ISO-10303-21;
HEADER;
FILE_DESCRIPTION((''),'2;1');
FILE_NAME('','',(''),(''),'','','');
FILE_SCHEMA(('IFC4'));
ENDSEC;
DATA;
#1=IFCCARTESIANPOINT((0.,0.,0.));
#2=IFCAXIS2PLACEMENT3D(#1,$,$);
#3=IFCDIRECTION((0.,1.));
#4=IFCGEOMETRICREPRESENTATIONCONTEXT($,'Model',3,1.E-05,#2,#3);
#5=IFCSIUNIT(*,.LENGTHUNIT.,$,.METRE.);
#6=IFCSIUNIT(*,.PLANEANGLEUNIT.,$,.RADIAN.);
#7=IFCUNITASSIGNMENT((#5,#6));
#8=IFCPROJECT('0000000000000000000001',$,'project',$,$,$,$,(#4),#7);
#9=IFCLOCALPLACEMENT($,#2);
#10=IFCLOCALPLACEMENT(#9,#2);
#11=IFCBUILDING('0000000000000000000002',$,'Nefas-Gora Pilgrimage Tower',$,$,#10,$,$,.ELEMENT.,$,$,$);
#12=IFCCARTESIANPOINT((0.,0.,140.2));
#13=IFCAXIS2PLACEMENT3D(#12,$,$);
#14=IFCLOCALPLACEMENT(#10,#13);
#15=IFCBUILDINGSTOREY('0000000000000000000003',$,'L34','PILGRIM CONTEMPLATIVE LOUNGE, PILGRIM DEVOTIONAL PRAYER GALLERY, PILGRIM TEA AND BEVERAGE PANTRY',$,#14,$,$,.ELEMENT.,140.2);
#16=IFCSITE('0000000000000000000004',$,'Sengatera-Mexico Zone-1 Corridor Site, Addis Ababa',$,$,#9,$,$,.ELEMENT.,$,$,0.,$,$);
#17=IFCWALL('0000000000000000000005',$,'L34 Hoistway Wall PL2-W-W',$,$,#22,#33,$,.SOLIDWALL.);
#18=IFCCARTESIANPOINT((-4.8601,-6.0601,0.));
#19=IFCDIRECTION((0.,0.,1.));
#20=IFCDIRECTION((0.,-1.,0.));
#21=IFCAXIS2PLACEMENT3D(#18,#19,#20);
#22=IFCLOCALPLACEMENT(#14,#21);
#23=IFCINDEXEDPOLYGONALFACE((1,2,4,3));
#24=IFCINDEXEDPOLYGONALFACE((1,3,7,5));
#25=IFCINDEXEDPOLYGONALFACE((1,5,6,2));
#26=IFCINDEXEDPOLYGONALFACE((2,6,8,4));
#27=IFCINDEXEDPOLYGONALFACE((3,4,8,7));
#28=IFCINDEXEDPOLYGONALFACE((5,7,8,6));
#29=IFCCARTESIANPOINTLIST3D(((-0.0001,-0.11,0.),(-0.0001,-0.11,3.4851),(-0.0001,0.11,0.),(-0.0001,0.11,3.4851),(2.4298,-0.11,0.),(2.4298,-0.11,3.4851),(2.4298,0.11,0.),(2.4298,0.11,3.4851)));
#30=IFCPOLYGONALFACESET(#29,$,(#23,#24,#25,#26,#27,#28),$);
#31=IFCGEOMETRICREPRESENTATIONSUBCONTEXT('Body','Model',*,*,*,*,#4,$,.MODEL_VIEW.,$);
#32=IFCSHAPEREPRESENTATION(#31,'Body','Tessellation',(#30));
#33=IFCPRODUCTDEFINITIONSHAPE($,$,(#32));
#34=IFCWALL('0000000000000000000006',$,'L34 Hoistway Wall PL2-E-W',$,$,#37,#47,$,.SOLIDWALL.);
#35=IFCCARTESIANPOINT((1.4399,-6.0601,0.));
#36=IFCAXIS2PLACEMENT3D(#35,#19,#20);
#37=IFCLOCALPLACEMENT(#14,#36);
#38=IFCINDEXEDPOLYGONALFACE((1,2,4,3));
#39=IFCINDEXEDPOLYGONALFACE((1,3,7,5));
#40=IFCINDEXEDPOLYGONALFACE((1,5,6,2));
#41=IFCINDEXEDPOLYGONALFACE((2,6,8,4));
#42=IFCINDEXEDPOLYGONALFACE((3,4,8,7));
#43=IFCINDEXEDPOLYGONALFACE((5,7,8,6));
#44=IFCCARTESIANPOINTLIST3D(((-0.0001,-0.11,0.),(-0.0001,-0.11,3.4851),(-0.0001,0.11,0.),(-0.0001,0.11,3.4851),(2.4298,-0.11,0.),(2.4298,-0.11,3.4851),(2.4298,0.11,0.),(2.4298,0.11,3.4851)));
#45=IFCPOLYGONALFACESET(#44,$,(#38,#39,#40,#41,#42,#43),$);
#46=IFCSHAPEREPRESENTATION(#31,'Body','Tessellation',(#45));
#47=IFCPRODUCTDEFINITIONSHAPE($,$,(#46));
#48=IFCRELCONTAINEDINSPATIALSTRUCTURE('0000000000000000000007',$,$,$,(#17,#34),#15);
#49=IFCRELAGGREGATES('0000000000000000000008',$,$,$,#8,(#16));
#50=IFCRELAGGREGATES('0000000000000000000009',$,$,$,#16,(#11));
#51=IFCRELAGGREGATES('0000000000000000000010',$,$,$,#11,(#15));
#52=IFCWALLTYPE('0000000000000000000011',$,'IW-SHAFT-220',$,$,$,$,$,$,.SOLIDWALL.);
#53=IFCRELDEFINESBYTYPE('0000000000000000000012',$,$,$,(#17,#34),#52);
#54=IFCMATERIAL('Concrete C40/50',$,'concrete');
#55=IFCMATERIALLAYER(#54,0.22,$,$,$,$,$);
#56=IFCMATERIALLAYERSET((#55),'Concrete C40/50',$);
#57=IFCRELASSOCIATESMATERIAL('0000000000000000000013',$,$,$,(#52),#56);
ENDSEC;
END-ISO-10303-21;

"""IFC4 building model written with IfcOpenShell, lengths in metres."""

from ifc_helpers import new_model, si_unit, direction, frame, frame_2d, origin, place, context, subcontext, project, spatial, rectangle, extrude, source, transform, mapped, material, layer, layer_set, type_object, element, save


model = new_model("IFC4")

# Units and contexts
model_context = context("Model", 3, precision=1e-05, world=origin(), true_north=direction((0.0, 1.0)))
body_context = subcontext(model_context, "Body", "Model", "MODEL_VIEW")
ifc_project = project(units=[si_unit("LENGTHUNIT", "METRE"), si_unit("PLANEANGLEUNIT", "RADIAN")], contexts=[model_context])

# Site, building, storey
site_placement = place(None, origin())
site = spatial("IfcSite", under=ifc_project, at=site_placement, Name="Sengatera-Mexico Zone-1 Corridor Site, Addis Ababa", CompositionType="ELEMENT", RefElevation=0.0)
building_placement = place(site_placement, origin())
building = spatial("IfcBuilding", under=site, at=building_placement, Name="Nefas-Gora Pilgrimage Tower", CompositionType="ELEMENT")
storey_placement = place(building_placement, frame((0.0, 0.0, 140.2)))
storey = spatial("IfcBuildingStorey", under=building, at=storey_placement, Name="L34", Description="PILGRIM CONTEMPLATIVE LOUNGE, PILGRIM DEVOTIONAL PRAYER GALLERY, PILGRIM TEA AND BEVERAGE PANTRY", CompositionType="ELEMENT", Elevation=140.2)

# Walls
ifc_material_1 = material(Name="Concrete C40/50", Category="concrete")
ifc_layer_1 = layer(ifc_material_1, 0.22)
ifc_layer_set_1 = layer_set([ifc_layer_1], Name="Concrete C40/50")
wall_type_1 = type_object("IfcWallType", Name="IW-SHAFT-220", PredefinedType="SOLIDWALL", material=ifc_layer_set_1)
shared_shape_1 = source(origin(), body_context, "Body", "SweptSolid", [
    extrude(rectangle(XDim=2.4299, YDim=0.22, at=frame_2d((1.2148, 0.0))), origin(), (0.0, 0.0, 1.0), 3.4851),
])
for number, where, z_axis, x_axis, name in (
    (1, (-4.8601, -6.0601, 0.0), (0.0, 0.0, 1.0), (0.0, -1.0, 0.0), "L34 Hoistway Wall PL2-W-W"),
    (2, (1.4399, -6.0601, 0.0), (0.0, 0.0, 1.0), (0.0, -1.0, 0.0), "L34 Hoistway Wall PL2-E-W"),
):
    element("IfcWall", number, at=place(storey_placement, frame(where, z_axis=z_axis, x_axis=x_axis)), inside=storey, type_object=wall_type_1, Name=name, PredefinedType="SOLIDWALL", context=body_context, shape_type="MappedRepresentation", body=[
        mapped(shared_shape_1, transform((0.0, 0.0, 0.0), x_axis=(1.0, 0.0, 0.0), y_axis=(0.0, 1.0, 0.0), z_axis=(0.0, 0.0, 1.0), scale=1.0)),
    ])

save(model, "model.ifc")
